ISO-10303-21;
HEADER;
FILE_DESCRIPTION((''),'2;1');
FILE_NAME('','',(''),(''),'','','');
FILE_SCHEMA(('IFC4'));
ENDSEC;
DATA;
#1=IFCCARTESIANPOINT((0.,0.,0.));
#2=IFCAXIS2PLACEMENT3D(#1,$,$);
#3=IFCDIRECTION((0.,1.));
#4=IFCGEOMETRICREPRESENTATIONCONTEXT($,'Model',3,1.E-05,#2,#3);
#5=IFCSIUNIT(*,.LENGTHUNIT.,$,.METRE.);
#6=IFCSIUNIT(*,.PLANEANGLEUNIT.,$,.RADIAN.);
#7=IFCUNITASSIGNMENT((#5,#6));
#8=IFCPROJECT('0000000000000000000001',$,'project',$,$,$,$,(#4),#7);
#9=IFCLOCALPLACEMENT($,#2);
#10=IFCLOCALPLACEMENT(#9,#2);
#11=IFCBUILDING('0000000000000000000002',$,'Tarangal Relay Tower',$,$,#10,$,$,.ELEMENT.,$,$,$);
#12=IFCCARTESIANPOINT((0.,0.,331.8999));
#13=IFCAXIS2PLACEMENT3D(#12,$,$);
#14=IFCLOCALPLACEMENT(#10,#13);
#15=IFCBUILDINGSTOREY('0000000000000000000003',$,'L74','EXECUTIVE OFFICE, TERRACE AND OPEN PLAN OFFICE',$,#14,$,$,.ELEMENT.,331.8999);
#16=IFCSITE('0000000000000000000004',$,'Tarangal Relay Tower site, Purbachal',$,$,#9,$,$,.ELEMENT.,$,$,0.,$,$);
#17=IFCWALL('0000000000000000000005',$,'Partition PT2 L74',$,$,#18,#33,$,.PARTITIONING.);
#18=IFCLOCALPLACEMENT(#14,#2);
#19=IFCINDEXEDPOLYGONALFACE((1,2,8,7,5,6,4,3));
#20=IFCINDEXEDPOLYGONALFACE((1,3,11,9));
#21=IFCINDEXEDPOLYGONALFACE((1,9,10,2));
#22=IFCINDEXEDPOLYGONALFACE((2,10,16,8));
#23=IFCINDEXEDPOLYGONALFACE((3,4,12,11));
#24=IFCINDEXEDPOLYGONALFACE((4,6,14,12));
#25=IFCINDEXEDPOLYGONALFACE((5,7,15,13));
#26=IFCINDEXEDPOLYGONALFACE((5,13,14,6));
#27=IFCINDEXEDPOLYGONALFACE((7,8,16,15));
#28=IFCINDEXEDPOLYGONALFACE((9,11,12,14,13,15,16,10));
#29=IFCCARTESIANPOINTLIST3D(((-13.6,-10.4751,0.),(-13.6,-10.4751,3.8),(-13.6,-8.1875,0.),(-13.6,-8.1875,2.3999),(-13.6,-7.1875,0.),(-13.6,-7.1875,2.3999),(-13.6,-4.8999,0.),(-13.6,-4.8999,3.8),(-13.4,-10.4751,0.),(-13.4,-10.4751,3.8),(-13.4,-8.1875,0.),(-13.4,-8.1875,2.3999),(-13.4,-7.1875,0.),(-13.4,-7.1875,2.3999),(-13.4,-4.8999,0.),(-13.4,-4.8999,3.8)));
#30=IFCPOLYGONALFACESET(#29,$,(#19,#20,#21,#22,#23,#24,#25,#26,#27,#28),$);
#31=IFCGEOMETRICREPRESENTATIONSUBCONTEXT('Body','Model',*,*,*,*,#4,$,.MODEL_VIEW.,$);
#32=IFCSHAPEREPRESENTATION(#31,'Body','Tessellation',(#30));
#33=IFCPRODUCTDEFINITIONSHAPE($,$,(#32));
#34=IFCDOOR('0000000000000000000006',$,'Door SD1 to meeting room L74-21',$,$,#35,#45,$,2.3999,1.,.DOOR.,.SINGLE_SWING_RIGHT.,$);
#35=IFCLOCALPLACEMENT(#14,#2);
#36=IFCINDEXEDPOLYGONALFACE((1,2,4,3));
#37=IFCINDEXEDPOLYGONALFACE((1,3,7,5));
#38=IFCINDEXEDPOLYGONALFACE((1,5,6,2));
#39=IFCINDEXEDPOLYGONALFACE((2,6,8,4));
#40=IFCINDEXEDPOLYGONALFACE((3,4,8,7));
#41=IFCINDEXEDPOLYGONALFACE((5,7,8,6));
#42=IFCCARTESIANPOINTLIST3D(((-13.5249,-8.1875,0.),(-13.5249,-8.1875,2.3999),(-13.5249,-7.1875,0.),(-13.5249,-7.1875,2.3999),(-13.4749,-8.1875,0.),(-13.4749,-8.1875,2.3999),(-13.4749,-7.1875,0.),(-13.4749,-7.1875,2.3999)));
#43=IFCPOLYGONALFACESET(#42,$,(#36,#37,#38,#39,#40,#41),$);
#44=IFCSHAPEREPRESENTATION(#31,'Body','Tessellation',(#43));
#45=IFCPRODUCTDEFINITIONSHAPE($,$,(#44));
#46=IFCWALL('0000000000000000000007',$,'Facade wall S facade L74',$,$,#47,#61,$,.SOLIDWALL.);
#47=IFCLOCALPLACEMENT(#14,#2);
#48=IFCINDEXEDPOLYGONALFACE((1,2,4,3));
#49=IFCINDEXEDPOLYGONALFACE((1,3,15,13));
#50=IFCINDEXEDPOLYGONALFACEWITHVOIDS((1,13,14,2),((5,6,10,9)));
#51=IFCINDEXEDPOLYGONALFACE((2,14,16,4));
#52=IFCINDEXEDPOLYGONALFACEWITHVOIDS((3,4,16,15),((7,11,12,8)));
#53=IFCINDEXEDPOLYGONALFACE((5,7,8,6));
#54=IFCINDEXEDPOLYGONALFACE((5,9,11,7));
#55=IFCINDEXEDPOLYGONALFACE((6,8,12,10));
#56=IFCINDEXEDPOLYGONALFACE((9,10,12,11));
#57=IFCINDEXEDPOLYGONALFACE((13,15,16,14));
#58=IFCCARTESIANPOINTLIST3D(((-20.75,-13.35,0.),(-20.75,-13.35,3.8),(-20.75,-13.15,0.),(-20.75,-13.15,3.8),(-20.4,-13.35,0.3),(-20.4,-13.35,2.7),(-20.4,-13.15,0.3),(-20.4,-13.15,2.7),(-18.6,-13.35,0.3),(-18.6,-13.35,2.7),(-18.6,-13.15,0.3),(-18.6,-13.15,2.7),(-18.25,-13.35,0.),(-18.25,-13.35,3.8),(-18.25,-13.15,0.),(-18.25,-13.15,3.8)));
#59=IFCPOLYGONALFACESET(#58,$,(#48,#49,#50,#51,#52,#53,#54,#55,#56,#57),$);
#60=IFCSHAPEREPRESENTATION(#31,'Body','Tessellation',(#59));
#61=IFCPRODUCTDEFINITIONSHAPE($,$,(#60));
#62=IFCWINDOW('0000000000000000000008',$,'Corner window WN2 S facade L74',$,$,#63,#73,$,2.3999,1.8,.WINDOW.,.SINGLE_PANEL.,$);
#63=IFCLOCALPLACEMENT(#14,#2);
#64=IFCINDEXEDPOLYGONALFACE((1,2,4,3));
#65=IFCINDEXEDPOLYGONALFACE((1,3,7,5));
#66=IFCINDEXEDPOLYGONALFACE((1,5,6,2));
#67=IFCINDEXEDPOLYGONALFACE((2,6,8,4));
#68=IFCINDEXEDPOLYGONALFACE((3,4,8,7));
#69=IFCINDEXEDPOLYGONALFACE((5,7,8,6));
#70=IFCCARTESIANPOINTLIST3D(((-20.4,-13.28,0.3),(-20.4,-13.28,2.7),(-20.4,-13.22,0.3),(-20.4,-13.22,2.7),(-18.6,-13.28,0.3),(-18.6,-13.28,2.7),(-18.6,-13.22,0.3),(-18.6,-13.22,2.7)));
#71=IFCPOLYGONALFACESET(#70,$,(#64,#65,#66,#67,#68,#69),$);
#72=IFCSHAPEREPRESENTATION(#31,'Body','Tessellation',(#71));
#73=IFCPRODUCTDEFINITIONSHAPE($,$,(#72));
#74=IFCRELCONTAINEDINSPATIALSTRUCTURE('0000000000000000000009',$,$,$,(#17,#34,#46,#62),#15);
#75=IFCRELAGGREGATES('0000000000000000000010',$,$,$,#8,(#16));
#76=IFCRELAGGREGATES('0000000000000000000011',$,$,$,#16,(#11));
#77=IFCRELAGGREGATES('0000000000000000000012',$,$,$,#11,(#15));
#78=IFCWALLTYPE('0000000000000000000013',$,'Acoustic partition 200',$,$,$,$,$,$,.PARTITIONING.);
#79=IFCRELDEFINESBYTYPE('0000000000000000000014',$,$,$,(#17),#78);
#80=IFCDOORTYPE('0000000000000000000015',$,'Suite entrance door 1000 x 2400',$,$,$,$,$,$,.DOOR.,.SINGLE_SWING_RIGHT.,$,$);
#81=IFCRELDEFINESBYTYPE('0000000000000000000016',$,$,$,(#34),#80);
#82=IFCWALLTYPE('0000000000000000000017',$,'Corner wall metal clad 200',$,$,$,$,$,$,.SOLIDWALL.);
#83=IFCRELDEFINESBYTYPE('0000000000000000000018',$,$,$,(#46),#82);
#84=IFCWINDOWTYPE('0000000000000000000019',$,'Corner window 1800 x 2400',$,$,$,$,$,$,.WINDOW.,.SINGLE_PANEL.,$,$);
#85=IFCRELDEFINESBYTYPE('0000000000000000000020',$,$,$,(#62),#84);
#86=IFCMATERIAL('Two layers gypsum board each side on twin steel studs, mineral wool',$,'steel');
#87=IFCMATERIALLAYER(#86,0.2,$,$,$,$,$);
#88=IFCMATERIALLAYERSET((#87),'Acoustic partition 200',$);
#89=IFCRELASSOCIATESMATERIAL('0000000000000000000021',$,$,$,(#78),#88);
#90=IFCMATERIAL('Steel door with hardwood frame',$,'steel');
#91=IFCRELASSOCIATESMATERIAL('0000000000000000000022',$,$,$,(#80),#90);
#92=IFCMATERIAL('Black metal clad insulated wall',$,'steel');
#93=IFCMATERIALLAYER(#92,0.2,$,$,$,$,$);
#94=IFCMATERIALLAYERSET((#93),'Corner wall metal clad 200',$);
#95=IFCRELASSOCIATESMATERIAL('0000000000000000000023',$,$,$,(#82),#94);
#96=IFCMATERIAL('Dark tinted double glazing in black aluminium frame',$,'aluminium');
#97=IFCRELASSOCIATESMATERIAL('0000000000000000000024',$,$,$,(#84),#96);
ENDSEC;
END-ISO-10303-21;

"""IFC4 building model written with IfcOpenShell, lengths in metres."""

from ifc_helpers import new_model, si_unit, direction, frame, frame_2d, origin, place, context, subcontext, project, spatial, rectangle, extrude, material, layer, layer_set, type_object, element, fill, save


model = new_model("IFC4")

# Units and contexts
model_context = context("Model", 3, precision=1e-05, world=origin(), true_north=direction((0.0, 1.0)))
body_context = subcontext(model_context, "Body", "Model", "MODEL_VIEW")
ifc_project = project(units=[si_unit("LENGTHUNIT", "METRE"), si_unit("PLANEANGLEUNIT", "RADIAN")], contexts=[model_context])

# Site, building, storey
site_placement = place(None, origin())
site = spatial("IfcSite", under=ifc_project, at=site_placement, Name="Tarangal Relay Tower site, Purbachal", CompositionType="ELEMENT", RefElevation=0.0)
building_placement = place(site_placement, origin())
building = spatial("IfcBuilding", under=site, at=building_placement, Name="Tarangal Relay Tower", CompositionType="ELEMENT")
storey_placement = place(building_placement, frame((0.0, 0.0, 331.8999)))
storey = spatial("IfcBuildingStorey", under=building, at=storey_placement, Name="L74", Description="EXECUTIVE OFFICE, TERRACE AND OPEN PLAN OFFICE", CompositionType="ELEMENT", Elevation=331.8999)

# Shared definitions
ifc_material_1 = material(Name="Two layers gypsum board each side on twin steel studs, mineral wool", Category="steel")
ifc_layer_1 = layer(ifc_material_1, 0.2)
ifc_layer_set_1 = layer_set([ifc_layer_1], Name="Acoustic partition 200")
wall_type_1 = type_object("IfcWallType", Name="Acoustic partition 200", PredefinedType="PARTITIONING", material=ifc_layer_set_1)

# Wall, opening, door
wall_1_placement = place(storey_placement, frame((-13.5, -10.4751, 0.0), z_axis=(0.0, 0.0, 1.0), x_axis=(0.0, 1.0, 0.0)))
wall_1 = element("IfcWall", 1, at=wall_1_placement, inside=storey, type_object=wall_type_1, Name="Partition PT2 L74", PredefinedType="PARTITIONING", context=body_context, shape_type="SweptSolid", body=[
    extrude(rectangle(XDim=5.5752, YDim=0.2, at=frame_2d((2.7876, 0.0))), origin(), (0.0, 0.0, 1.0), 3.8),
])
opening_1_placement = place(wall_1_placement, frame((2.2876, 0.0, 0.0)))
opening_1 = element("IfcOpeningElement", 2, at=opening_1_placement, cuts=wall_1, PredefinedType="OPENING", context=body_context, shape_type="SweptSolid", body=[
    extrude(rectangle(XDim=1.0, YDim=2.3999, at=frame_2d((0.5, 1.2))), frame((0.0, 0.1099, 0.0), z_axis=(0.0, -1.0, 0.0), x_axis=(1.0, 0.0, 0.0)), (0.0, 0.0, 1.0), 0.22),
])
ifc_material_2 = material(Name="Steel door with hardwood frame", Category="steel")
door_type = type_object("IfcDoorType", Name="Suite entrance door 1000 x 2400", OperationType="SINGLE_SWING_RIGHT", PredefinedType="DOOR", material=ifc_material_2)
door_1_placement = place(opening_1_placement, origin())
door_1 = element("IfcDoor", 3, at=door_1_placement, inside=storey, type_object=door_type, Name="Door SD1 to meeting room L74-21", OperationType="SINGLE_SWING_RIGHT", OverallHeight=2.3999, OverallWidth=1.0, PredefinedType="DOOR", context=body_context, shape_type="SweptSolid", body=[
    extrude(rectangle(XDim=1.0, YDim=2.3999, at=frame_2d((0.5, 1.2))), frame((0.0, 0.0249, 0.0), z_axis=(0.0, -1.0, 0.0), x_axis=(1.0, 0.0, 0.0)), (0.0, 0.0, 1.0), 0.05),
])
fill(opening_1, door_1)

# Wall, opening, window
ifc_material_3 = material(Name="Black metal clad insulated wall", Category="steel")
ifc_layer_2 = layer(ifc_material_3, 0.2)
ifc_layer_set_2 = layer_set([ifc_layer_2], Name="Corner wall metal clad 200")
wall_type_2 = type_object("IfcWallType", Name="Corner wall metal clad 200", PredefinedType="SOLIDWALL", material=ifc_layer_set_2)
wall_2_placement = place(storey_placement, frame((-18.25, -13.25, 0.0), z_axis=(0.0, 0.0, 1.0), x_axis=(-1.0, 0.0, 0.0)))
wall_2 = element("IfcWall", 4, at=wall_2_placement, inside=storey, type_object=wall_type_2, Name="Facade wall S facade L74", PredefinedType="SOLIDWALL", context=body_context, shape_type="SweptSolid", body=[
    extrude(rectangle(XDim=2.5, YDim=0.2, at=frame_2d((1.25, 0.0))), origin(), (0.0, 0.0, 1.0), 3.8),
])
opening_2_placement = place(wall_2_placement, frame((0.3501, 0.0, 0.3)))
opening_2 = element("IfcOpeningElement", 5, at=opening_2_placement, cuts=wall_2, PredefinedType="OPENING", context=body_context, shape_type="SweptSolid", body=[
    extrude(rectangle(XDim=1.8, YDim=2.3999, at=frame_2d((0.8999, 1.2))), frame((0.0, 0.1099, 0.0), z_axis=(0.0, -1.0, 0.0), x_axis=(1.0, 0.0, 0.0)), (0.0, 0.0, 1.0), 0.22),
])
ifc_material_4 = material(Name="Dark tinted double glazing in black aluminium frame", Category="aluminium")
window_type = type_object("IfcWindowType", Name="Corner window 1800 x 2400", PartitioningType="SINGLE_PANEL", PredefinedType="WINDOW", material=ifc_material_4)
window_placement = place(opening_2_placement, origin())
window = element("IfcWindow", 6, at=window_placement, inside=storey, type_object=window_type, Name="Corner window WN2 S facade L74", OverallHeight=2.3999, OverallWidth=1.8, PartitioningType="SINGLE_PANEL", PredefinedType="WINDOW", context=body_context, shape_type="SweptSolid", body=[
    extrude(rectangle(XDim=1.8, YDim=2.3999, at=frame_2d((0.8999, 1.2))), frame((0.0, 0.03, 0.0), z_axis=(0.0, -1.0, 0.0), x_axis=(1.0, 0.0, 0.0)), (0.0, 0.0, 1.0), 0.0601),
])
fill(opening_2, window)

save(model, "model.ifc")
